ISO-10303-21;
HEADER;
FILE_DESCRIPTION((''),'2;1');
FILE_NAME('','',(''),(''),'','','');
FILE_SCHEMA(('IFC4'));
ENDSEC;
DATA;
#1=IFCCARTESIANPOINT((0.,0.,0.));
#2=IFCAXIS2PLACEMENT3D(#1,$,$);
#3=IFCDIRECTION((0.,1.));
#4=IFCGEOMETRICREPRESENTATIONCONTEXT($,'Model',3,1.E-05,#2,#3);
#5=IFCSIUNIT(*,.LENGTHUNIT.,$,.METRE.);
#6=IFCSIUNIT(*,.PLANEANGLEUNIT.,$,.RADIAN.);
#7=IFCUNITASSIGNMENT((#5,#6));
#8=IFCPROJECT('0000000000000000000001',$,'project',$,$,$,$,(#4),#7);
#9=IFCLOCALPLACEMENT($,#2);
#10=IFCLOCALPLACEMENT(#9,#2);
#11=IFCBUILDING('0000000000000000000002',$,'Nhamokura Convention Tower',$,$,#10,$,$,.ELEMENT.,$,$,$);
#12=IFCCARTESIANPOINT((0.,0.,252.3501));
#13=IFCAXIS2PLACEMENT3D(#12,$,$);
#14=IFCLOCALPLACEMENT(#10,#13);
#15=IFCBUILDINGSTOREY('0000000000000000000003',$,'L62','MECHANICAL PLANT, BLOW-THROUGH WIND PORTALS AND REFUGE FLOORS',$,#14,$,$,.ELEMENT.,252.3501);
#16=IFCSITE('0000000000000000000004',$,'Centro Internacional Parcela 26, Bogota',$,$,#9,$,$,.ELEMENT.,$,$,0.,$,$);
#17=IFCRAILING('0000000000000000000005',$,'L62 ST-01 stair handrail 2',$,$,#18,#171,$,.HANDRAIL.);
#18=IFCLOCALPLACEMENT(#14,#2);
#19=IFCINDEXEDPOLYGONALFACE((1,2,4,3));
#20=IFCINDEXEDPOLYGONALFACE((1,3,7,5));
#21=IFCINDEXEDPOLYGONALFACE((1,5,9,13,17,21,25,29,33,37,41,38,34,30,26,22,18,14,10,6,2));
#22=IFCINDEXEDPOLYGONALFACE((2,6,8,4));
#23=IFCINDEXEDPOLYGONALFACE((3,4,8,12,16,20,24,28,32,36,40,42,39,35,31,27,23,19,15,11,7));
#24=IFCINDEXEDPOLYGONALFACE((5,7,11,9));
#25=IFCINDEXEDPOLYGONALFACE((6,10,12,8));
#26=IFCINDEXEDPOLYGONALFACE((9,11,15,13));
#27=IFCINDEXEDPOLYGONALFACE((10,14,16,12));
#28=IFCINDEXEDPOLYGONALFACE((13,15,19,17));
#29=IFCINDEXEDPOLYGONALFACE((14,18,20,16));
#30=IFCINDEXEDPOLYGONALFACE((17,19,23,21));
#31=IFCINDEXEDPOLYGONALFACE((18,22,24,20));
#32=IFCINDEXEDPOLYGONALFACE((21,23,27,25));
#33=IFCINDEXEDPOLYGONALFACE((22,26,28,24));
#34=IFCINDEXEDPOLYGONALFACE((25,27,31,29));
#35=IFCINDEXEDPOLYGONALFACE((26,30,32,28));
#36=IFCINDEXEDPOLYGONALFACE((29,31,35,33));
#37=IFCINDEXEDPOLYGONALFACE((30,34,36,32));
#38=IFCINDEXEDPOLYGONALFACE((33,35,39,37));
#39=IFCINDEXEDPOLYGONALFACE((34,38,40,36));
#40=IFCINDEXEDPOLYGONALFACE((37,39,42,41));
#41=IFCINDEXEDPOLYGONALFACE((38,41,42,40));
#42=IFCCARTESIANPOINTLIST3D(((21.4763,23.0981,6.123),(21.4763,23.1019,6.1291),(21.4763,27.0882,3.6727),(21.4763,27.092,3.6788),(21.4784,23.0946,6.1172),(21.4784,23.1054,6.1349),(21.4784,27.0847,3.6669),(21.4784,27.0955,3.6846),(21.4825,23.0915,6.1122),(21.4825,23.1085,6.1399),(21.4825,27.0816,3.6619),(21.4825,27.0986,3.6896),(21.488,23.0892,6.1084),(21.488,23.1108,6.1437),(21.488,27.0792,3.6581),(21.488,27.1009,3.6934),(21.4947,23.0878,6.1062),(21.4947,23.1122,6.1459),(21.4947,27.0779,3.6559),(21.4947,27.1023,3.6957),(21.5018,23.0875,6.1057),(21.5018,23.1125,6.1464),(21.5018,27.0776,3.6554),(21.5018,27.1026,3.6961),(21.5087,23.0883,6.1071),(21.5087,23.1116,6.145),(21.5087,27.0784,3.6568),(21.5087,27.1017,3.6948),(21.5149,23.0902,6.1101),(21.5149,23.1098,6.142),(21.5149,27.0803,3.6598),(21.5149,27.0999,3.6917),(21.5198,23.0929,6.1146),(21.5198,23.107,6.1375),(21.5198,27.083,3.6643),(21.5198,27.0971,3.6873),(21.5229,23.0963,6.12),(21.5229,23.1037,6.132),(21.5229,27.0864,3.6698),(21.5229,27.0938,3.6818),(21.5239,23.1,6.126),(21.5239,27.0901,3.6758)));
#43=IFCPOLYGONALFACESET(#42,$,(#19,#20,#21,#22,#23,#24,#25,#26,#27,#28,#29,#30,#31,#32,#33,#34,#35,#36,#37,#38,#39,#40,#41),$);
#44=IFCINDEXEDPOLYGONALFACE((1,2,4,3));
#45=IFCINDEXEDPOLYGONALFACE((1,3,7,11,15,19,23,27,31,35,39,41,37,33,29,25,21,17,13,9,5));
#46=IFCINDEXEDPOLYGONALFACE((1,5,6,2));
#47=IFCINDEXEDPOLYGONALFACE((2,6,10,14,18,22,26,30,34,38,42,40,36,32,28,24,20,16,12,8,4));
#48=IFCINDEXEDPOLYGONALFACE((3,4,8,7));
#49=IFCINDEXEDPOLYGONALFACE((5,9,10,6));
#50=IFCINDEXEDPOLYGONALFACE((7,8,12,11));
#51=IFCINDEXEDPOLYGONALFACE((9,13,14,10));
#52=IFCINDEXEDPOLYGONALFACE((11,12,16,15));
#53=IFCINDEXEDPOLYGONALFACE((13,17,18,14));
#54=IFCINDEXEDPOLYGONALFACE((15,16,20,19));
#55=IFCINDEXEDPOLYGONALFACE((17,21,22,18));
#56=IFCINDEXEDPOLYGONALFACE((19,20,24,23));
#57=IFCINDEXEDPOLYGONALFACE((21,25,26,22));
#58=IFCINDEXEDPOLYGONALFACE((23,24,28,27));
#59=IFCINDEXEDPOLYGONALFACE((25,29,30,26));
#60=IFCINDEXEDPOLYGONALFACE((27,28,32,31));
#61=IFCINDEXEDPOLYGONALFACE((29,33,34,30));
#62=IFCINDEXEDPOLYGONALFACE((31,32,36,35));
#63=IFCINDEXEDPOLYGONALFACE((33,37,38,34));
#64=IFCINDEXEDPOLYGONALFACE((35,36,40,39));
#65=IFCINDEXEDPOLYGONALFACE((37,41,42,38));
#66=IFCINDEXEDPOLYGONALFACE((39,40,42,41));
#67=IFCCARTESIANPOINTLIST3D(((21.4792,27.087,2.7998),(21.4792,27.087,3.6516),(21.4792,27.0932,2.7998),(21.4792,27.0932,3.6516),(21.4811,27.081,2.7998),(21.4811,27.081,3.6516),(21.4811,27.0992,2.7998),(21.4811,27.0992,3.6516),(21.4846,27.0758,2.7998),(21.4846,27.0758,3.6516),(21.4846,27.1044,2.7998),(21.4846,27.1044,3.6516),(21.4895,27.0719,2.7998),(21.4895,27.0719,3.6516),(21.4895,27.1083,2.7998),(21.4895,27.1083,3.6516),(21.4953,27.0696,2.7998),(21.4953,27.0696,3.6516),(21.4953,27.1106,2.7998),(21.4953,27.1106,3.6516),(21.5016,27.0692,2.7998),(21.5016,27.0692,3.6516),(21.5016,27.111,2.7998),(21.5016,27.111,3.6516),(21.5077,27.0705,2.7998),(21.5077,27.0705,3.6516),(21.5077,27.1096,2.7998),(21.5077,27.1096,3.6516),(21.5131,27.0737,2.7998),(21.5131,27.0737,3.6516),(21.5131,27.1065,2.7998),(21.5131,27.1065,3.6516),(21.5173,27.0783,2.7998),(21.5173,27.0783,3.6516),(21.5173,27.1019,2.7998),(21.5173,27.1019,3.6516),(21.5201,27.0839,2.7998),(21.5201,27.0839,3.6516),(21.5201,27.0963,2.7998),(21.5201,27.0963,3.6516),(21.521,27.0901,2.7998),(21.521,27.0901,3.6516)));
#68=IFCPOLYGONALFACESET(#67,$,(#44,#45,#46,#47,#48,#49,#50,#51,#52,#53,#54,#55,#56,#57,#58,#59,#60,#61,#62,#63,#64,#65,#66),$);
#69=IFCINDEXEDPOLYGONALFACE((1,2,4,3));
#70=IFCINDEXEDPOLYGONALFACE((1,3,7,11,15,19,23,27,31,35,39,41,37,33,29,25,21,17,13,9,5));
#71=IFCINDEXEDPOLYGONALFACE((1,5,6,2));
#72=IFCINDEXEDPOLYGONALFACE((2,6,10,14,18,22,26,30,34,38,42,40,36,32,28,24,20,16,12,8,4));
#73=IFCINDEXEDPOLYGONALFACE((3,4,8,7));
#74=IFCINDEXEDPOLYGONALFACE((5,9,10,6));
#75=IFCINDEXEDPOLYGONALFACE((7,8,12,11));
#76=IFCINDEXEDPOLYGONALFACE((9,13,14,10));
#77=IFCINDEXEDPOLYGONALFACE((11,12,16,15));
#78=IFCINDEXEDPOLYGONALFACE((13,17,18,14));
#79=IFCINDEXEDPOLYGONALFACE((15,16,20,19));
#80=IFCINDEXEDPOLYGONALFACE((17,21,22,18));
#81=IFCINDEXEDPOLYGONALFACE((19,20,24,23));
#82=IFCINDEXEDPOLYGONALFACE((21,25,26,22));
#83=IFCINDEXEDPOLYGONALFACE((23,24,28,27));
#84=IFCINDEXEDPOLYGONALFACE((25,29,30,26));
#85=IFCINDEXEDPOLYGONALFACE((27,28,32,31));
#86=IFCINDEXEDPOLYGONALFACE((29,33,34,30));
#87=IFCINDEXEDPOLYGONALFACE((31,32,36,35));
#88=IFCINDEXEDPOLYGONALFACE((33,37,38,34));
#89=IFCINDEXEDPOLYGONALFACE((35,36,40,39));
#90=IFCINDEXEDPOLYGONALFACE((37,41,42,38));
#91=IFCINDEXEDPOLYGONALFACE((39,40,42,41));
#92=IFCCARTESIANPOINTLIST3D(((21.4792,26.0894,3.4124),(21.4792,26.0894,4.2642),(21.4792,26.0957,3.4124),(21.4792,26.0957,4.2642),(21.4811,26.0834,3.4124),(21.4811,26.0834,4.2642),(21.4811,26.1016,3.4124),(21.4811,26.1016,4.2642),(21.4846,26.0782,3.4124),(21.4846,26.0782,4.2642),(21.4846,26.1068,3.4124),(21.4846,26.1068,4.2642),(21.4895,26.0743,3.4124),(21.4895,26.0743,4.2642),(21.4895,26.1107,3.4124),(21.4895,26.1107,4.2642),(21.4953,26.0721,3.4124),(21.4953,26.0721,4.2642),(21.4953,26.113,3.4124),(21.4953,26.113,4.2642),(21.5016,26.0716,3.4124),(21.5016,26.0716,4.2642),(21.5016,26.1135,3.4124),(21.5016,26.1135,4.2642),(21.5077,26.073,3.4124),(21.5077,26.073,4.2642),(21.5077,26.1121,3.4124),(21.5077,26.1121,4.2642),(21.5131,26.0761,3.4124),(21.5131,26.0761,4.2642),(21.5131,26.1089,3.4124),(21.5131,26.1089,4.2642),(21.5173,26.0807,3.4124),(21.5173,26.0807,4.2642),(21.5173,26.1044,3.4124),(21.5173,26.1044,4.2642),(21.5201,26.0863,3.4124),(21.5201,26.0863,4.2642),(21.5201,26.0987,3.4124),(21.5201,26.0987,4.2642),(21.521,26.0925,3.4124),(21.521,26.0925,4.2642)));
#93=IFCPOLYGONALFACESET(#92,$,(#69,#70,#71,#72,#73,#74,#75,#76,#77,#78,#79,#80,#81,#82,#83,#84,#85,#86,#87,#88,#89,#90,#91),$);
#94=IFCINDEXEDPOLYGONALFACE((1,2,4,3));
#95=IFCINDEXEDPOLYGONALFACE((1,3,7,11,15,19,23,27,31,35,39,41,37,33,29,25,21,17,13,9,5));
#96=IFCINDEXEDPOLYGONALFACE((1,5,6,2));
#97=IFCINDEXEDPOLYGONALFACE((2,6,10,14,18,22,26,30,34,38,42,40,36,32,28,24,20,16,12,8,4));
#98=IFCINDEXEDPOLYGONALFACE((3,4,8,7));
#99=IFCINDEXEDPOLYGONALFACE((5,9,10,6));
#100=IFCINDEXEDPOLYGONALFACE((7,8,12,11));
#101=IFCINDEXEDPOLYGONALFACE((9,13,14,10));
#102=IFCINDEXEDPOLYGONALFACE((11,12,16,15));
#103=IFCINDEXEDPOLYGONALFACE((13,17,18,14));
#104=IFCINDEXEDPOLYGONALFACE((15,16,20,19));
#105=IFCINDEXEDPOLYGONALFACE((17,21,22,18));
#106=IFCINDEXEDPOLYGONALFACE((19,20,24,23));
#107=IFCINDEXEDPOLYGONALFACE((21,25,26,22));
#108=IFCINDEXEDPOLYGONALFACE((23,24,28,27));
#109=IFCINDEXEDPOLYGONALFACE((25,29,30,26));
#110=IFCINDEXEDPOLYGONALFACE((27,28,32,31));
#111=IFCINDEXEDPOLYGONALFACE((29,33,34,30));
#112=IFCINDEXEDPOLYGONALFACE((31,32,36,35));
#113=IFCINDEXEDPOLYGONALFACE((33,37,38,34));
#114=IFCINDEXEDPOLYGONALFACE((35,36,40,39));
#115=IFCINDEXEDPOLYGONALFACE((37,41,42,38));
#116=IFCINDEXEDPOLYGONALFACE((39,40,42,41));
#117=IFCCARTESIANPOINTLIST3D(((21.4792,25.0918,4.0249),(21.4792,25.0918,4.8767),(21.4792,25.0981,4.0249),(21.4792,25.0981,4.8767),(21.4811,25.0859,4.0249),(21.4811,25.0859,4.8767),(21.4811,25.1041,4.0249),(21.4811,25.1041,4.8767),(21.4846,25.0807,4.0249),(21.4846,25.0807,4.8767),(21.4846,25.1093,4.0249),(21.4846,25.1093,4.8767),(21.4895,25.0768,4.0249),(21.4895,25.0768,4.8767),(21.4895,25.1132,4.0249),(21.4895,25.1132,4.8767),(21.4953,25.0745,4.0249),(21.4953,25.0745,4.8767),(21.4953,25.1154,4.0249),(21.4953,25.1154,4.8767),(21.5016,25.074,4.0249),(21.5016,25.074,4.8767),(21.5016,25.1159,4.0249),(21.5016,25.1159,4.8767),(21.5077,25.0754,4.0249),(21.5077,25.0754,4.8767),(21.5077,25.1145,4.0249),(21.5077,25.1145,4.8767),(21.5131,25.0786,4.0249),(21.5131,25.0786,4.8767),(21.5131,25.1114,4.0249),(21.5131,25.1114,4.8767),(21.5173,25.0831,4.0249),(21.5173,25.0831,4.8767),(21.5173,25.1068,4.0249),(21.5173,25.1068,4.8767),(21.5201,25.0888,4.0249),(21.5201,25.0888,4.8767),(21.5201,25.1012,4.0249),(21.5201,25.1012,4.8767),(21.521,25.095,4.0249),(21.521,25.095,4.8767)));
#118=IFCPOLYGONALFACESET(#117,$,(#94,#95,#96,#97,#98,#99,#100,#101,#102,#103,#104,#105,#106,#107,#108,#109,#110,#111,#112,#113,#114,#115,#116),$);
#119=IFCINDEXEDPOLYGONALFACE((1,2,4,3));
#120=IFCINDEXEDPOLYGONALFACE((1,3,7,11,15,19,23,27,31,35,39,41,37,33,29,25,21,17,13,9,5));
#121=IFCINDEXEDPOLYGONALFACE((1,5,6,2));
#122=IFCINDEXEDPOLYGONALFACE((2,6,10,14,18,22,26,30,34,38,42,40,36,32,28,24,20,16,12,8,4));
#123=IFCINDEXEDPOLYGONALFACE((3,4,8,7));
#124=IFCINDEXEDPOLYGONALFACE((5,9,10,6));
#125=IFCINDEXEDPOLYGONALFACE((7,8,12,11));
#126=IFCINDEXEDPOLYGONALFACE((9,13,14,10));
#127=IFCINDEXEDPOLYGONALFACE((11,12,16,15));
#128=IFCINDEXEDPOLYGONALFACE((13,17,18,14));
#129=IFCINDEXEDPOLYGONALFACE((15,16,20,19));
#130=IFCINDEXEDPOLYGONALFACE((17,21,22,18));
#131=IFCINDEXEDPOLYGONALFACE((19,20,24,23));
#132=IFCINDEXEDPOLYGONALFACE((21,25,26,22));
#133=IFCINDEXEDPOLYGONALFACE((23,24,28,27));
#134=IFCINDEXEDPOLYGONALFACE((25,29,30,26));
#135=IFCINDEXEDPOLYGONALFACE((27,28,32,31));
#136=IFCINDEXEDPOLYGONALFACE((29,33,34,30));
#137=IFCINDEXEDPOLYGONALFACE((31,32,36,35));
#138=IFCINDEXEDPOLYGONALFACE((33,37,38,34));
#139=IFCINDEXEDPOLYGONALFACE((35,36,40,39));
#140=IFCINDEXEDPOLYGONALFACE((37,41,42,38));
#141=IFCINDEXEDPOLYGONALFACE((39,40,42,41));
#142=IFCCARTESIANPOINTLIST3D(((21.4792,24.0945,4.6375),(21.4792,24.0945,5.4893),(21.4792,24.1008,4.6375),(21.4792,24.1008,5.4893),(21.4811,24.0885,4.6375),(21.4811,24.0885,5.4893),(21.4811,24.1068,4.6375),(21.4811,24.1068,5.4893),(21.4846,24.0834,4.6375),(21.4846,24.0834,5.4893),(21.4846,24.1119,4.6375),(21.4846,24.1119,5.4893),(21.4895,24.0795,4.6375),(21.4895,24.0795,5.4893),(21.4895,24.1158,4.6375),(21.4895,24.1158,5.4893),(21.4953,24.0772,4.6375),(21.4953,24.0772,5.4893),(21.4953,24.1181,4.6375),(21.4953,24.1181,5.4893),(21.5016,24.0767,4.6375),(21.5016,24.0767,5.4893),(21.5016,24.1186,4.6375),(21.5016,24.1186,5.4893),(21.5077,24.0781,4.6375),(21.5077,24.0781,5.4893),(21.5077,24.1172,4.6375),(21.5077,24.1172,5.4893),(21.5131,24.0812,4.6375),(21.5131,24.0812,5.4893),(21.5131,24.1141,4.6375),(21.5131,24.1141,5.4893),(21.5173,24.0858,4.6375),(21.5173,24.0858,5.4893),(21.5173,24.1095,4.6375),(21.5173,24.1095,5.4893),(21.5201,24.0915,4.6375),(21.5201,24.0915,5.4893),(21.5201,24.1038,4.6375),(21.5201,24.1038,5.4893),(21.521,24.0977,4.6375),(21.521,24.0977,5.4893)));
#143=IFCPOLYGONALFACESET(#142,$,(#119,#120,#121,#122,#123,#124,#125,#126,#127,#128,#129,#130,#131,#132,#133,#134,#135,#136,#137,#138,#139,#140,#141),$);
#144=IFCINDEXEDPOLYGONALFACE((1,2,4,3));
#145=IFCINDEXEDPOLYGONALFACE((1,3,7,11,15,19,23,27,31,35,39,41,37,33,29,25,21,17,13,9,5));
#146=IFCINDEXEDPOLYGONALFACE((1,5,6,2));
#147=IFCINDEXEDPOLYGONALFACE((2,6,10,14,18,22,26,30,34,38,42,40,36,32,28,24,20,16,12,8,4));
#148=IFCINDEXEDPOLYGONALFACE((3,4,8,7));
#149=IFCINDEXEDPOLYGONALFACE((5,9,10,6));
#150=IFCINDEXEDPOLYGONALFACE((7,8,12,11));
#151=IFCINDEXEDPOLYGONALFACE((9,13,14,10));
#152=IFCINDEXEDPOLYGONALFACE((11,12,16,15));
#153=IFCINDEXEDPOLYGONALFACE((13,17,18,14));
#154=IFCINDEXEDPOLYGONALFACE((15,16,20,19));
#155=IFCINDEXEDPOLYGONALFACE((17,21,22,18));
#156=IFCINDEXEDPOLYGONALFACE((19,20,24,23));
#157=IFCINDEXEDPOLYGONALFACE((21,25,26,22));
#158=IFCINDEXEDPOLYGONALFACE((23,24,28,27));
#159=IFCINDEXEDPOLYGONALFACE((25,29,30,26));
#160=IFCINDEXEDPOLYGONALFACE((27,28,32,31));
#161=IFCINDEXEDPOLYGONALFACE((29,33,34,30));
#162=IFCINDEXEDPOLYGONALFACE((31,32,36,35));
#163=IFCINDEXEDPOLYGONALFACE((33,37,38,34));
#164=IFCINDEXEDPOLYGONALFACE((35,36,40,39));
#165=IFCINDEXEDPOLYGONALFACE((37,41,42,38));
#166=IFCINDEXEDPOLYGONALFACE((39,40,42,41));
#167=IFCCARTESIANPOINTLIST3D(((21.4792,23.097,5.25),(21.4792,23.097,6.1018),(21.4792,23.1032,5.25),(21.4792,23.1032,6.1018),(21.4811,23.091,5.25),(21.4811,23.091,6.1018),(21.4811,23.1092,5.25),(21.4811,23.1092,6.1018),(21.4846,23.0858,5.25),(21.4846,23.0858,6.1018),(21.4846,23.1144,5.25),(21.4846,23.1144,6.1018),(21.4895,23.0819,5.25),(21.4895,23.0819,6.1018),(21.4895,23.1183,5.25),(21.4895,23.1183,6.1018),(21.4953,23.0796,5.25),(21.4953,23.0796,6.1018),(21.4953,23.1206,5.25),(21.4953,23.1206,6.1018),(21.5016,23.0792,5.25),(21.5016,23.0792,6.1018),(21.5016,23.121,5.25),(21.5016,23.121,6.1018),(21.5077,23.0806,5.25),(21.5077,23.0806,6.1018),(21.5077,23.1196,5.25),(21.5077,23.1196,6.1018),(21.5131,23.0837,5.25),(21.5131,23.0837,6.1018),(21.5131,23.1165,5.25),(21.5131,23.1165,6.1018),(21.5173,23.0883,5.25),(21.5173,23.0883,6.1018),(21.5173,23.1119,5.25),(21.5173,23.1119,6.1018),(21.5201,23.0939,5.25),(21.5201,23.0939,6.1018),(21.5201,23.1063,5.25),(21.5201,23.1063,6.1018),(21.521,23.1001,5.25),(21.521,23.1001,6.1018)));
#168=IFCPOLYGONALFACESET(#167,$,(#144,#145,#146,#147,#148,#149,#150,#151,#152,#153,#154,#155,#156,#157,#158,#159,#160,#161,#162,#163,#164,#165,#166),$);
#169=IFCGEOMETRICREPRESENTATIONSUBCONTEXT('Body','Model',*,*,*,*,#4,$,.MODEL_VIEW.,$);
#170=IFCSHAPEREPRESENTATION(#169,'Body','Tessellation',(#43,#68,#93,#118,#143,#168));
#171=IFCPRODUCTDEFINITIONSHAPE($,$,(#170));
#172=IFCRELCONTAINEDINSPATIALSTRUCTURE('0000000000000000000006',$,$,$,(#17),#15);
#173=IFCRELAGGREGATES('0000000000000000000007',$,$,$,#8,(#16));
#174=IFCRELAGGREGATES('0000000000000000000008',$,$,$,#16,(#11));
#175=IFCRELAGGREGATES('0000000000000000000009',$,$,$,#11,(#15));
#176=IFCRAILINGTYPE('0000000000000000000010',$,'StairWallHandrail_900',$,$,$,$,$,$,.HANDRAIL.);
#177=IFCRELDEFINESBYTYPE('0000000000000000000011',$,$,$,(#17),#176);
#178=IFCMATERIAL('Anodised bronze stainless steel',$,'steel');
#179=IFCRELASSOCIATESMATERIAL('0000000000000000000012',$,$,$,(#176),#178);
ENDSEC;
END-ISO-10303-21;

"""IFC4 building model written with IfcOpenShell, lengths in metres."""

from ifc_helpers import new_model, si_unit, direction, frame, origin, origin_2d, place, context, subcontext, project, spatial, circle, extrude, material, type_object, element, save


model = new_model("IFC4")

# Units and contexts
model_context = context("Model", 3, precision=1e-05, world=origin(), true_north=direction((0.0, 1.0)))
body_context = subcontext(model_context, "Body", "Model", "MODEL_VIEW")
ifc_project = project(units=[si_unit("LENGTHUNIT", "METRE"), si_unit("PLANEANGLEUNIT", "RADIAN")], contexts=[model_context])

# Site, building, storey
site_placement = place(None, origin())
site = spatial("IfcSite", under=ifc_project, at=site_placement, Name="Centro Internacional Parcela 26, Bogota", CompositionType="ELEMENT", RefElevation=0.0)
building_placement = place(site_placement, origin())
building = spatial("IfcBuilding", under=site, at=building_placement, Name="Nhamokura Convention Tower", CompositionType="ELEMENT")
storey_placement = place(building_placement, frame((0.0, 0.0, 252.3501)))
storey = spatial("IfcBuildingStorey", under=building, at=storey_placement, Name="L62", Description="MECHANICAL PLANT, BLOW-THROUGH WIND PORTALS AND REFUGE FLOORS", CompositionType="ELEMENT", Elevation=252.3501)

# Railing
ifc_material_1 = material(Name="Anodised bronze stainless steel", Category="steel")
railing_type_1 = type_object("IfcRailingType", Name="StairWallHandrail_900", PredefinedType="HANDRAIL", material=ifc_material_1)
railing_1_placement = place(storey_placement, frame((21.5, 27.0901, 2.7998)))
element("IfcRailing", 1, at=railing_1_placement, inside=storey, type_object=railing_type_1, Name="L62 ST-01 stair handrail 2", PredefinedType="HANDRAIL", context=body_context, shape_type="SweptSolid", body=[
    extrude(circle(Radius=0.0239, at=origin_2d()), frame((0.0, 0.0, 0.876), z_axis=(0.0, -0.852152, 0.523294), x_axis=(1.0, 0.0, 0.0)), (0.0, 0.0, 1.0), 4.6824),
    extrude(circle(Radius=0.021, at=origin_2d()), origin(), (0.0, 0.0, 1.0), 0.8518),
    extrude(circle(Radius=0.021, at=origin_2d()), frame((0.0, -0.9976, 0.6125)), (0.0, 0.0, 1.0), 0.8518),
    extrude(circle(Radius=0.021, at=origin_2d()), frame((0.0, -1.9951, 1.2251)), (0.0, 0.0, 1.0), 0.8518),
    extrude(circle(Radius=0.021, at=origin_2d()), frame((0.0, -2.9924, 1.8376)), (0.0, 0.0, 1.0), 0.8518),
    extrude(circle(Radius=0.021, at=origin_2d()), frame((0.0, -3.99, 2.4502)), (0.0, 0.0, 1.0), 0.8518),
])

save(model, "model.ifc")
